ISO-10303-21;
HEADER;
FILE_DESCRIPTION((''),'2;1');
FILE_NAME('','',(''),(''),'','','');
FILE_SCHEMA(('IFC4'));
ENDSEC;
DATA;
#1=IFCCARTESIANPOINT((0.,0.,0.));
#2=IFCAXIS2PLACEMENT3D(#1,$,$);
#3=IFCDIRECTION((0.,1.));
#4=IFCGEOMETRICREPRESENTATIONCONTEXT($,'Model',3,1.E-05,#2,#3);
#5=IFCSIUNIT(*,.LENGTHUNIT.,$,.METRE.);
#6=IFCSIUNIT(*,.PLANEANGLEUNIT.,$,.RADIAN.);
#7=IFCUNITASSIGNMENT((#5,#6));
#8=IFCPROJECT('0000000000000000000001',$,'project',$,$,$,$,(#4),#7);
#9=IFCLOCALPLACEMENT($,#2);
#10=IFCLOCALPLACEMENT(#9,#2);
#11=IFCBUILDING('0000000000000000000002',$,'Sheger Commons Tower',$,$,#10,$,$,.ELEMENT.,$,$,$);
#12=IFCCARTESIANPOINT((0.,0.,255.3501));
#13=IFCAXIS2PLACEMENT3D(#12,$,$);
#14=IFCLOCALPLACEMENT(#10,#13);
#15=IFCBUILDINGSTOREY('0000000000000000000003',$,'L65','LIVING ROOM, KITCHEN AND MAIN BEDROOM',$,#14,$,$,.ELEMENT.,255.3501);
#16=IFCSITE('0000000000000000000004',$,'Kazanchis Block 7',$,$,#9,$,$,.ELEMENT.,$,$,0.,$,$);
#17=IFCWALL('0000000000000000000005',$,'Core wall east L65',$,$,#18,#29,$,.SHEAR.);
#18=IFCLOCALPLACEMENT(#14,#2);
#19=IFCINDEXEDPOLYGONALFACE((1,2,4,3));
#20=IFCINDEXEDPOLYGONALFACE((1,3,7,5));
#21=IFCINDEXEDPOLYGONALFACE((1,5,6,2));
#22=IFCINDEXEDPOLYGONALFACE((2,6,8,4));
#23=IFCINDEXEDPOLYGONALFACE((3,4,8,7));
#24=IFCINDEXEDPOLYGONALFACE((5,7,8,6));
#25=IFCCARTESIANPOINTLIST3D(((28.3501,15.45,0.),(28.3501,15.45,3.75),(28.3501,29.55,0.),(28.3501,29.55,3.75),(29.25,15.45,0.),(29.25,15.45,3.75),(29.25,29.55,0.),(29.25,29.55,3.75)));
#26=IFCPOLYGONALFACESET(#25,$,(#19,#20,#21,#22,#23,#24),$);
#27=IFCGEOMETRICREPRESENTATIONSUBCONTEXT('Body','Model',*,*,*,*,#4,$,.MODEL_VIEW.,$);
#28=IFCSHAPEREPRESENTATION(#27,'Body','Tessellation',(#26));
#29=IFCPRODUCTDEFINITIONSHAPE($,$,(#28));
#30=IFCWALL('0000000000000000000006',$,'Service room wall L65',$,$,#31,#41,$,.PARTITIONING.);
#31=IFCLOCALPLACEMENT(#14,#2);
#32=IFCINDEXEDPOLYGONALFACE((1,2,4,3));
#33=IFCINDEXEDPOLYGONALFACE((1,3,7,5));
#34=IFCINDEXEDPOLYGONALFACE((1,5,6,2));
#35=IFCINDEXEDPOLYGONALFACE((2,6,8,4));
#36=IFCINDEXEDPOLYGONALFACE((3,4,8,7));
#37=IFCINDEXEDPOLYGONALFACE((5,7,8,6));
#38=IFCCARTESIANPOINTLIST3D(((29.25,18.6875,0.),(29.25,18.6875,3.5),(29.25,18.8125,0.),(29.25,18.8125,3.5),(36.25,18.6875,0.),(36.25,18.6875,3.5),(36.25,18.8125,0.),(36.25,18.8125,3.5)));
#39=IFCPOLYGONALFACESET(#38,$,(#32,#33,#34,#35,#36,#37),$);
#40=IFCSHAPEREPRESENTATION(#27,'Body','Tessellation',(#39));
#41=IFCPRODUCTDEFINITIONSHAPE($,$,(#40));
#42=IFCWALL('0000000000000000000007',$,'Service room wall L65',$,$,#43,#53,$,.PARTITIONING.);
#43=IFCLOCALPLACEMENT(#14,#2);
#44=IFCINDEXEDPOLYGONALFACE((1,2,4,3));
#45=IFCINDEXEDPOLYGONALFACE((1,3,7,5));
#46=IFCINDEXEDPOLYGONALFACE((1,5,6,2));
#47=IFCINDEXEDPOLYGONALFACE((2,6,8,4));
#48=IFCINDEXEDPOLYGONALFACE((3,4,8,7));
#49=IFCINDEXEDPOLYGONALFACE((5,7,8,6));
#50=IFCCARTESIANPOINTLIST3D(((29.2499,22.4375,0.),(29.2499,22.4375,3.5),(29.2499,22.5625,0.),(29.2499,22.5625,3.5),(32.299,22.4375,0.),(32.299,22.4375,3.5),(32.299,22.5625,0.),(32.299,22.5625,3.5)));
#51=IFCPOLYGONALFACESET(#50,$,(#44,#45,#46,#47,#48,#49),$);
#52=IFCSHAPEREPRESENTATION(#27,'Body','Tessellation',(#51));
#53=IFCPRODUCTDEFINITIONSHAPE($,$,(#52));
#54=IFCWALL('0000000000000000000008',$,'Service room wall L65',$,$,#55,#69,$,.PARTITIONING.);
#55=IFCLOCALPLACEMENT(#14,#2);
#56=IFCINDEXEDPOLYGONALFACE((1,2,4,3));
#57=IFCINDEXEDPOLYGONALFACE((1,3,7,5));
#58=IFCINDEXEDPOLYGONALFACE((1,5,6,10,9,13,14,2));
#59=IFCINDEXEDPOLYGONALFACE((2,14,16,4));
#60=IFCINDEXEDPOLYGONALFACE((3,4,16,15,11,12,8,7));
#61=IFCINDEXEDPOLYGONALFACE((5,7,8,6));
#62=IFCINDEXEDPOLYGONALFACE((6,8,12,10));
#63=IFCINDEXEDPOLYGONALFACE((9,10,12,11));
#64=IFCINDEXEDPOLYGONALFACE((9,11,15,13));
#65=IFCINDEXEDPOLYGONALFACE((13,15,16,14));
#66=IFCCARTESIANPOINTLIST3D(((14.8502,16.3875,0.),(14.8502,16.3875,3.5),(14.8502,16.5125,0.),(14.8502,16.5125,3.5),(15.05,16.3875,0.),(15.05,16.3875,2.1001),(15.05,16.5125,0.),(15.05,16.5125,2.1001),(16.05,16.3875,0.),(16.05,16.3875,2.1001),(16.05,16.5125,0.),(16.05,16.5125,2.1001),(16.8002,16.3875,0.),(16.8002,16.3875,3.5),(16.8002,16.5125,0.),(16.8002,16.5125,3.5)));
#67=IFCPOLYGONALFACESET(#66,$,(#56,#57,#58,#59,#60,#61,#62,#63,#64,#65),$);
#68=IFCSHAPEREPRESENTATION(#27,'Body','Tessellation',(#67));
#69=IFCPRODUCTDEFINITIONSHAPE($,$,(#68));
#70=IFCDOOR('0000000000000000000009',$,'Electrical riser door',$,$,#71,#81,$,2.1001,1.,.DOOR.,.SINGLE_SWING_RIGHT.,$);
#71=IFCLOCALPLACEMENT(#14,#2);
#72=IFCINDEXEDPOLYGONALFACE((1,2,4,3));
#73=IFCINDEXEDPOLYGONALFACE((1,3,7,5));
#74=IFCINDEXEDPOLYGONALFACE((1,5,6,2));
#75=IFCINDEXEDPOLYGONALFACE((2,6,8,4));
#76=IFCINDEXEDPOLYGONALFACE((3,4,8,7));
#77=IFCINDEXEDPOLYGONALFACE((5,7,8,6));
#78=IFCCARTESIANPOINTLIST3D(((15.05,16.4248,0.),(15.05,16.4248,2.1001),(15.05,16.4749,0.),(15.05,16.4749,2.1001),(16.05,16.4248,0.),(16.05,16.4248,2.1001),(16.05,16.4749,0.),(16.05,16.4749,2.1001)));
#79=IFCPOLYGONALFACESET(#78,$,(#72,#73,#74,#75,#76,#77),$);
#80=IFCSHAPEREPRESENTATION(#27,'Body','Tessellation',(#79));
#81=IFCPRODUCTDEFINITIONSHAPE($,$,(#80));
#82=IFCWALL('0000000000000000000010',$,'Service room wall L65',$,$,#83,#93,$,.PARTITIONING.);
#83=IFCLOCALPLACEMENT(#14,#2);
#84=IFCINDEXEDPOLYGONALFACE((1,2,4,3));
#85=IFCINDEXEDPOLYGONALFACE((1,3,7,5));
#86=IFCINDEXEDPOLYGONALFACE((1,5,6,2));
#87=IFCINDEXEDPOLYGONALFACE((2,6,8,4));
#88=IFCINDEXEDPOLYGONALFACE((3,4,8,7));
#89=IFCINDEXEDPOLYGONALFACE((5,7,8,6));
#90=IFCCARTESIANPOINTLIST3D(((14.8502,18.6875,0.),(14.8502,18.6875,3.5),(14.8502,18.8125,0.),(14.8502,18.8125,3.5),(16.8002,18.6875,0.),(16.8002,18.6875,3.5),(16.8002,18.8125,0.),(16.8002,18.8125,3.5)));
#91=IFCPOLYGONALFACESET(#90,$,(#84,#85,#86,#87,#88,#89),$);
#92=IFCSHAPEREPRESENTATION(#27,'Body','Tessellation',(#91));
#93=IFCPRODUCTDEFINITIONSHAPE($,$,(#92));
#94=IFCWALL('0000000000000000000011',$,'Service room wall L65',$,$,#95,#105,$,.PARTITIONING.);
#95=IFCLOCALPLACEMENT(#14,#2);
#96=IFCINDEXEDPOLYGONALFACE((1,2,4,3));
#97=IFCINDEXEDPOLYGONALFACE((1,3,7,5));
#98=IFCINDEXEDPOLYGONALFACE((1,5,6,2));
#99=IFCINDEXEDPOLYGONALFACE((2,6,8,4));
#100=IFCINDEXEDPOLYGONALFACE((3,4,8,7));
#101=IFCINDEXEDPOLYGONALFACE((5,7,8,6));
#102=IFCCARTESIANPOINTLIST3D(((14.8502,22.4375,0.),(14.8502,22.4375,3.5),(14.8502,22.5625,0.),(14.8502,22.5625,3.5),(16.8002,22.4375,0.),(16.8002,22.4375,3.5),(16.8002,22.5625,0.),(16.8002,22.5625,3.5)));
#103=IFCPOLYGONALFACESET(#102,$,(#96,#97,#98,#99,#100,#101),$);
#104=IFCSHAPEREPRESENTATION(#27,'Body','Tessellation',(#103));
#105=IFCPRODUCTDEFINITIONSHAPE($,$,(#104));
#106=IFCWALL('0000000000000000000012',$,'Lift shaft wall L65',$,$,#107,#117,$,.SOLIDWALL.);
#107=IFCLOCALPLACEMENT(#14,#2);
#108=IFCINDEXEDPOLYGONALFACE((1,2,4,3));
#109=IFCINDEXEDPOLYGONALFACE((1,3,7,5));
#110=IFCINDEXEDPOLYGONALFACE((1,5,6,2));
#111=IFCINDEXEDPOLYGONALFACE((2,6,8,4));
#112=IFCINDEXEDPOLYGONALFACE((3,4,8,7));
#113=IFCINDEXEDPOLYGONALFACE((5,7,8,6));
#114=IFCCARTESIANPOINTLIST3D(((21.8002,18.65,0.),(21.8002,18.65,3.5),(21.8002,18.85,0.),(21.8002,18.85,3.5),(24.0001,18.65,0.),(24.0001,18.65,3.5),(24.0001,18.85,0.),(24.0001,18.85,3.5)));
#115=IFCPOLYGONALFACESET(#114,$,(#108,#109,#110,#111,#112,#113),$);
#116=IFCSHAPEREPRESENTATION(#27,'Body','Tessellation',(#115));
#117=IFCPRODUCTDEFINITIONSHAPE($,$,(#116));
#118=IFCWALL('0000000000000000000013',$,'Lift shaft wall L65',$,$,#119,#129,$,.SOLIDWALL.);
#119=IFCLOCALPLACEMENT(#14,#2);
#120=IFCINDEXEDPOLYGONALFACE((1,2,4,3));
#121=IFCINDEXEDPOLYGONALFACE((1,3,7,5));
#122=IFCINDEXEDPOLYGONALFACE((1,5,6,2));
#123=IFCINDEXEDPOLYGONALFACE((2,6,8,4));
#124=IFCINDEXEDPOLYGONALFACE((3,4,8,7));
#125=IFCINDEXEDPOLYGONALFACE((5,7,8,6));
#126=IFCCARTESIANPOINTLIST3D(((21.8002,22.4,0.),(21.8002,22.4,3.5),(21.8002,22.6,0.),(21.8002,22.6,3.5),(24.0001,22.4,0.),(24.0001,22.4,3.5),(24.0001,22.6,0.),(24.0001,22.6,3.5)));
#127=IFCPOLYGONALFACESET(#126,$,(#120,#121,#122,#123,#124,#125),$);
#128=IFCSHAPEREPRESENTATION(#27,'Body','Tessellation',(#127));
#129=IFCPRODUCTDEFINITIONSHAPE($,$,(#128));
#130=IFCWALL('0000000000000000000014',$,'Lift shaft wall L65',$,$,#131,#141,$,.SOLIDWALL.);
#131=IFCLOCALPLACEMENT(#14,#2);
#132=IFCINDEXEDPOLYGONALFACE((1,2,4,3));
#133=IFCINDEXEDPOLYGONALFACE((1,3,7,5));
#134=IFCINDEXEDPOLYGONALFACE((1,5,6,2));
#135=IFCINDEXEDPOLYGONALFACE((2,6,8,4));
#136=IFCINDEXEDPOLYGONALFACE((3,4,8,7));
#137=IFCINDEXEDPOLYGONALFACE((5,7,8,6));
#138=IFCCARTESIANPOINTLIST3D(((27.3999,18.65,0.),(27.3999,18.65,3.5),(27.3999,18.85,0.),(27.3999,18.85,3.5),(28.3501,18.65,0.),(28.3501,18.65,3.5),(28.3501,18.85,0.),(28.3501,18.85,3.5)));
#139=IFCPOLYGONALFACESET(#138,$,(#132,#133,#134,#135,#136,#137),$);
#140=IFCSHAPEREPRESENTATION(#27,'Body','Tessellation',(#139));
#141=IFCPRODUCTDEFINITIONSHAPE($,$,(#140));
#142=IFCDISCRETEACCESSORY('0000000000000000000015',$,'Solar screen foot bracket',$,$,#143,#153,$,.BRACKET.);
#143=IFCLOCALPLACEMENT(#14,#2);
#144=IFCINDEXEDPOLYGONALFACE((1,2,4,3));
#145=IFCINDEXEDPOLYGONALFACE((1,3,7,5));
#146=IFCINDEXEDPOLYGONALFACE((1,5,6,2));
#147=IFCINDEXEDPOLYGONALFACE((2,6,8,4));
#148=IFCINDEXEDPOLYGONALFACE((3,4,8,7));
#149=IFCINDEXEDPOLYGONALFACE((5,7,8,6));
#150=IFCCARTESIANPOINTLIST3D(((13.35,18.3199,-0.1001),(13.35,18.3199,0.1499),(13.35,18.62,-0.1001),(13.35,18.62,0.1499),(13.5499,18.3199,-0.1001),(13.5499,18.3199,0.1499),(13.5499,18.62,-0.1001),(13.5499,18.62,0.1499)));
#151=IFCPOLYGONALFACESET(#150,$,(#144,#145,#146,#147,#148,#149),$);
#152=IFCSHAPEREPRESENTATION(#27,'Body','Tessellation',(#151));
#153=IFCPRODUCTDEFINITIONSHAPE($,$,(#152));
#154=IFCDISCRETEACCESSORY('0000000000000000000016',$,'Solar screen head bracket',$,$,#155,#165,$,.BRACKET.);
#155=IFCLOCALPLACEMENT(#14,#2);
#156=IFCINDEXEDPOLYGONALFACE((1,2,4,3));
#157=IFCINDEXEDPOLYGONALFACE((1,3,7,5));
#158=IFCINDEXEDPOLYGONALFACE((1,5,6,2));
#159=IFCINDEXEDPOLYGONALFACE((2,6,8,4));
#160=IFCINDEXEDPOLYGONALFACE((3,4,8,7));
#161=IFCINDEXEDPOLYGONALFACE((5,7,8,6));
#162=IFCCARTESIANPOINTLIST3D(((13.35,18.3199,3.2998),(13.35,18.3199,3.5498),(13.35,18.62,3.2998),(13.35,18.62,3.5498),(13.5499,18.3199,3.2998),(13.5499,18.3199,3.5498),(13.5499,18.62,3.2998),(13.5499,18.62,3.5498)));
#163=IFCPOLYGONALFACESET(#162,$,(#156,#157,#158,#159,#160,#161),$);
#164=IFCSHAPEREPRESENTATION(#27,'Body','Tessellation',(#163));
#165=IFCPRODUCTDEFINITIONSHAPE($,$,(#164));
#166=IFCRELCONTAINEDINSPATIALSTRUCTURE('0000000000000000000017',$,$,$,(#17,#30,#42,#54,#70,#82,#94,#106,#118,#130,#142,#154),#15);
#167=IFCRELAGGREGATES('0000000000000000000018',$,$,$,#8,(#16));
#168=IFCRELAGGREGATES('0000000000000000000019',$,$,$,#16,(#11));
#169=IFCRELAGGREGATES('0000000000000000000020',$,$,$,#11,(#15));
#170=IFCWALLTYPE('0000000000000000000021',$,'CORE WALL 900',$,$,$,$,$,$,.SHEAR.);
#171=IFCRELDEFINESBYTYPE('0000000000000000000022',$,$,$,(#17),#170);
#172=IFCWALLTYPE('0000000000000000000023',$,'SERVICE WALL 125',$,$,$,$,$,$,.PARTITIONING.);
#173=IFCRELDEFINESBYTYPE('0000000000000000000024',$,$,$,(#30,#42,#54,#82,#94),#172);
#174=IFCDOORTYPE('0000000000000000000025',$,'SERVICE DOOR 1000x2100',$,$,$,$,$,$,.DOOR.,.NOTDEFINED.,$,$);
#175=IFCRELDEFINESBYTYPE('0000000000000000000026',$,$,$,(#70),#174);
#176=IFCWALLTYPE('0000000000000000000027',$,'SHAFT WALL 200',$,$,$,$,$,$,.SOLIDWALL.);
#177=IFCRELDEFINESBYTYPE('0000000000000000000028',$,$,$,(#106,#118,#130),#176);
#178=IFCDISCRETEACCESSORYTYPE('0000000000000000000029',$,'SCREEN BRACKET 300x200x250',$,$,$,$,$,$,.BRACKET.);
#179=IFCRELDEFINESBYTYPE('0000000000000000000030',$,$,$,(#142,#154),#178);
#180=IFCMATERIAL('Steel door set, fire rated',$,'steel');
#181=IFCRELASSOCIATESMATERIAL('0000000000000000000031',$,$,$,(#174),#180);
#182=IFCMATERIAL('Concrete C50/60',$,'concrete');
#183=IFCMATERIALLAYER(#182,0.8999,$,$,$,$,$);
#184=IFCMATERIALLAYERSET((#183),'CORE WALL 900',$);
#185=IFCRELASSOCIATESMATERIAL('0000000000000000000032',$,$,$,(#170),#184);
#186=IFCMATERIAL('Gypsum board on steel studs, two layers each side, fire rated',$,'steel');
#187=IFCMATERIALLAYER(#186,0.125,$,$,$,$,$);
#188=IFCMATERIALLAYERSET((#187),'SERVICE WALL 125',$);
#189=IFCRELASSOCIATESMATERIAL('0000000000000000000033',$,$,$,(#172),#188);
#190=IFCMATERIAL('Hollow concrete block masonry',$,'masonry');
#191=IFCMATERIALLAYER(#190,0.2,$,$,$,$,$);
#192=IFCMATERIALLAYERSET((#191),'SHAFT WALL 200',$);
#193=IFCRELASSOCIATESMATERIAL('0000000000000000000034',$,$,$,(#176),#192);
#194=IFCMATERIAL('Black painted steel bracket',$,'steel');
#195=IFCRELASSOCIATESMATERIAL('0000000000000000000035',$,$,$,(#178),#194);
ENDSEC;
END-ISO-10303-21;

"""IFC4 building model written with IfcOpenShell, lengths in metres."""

from ifc_helpers import new_model, si_unit, direction, frame, frame_2d, origin, origin_2d, place, context, subcontext, project, spatial, rectangle, extrude, material, layer, layer_set, type_object, element, fill, save


model = new_model("IFC4")

# Units and contexts
model_context = context("Model", 3, precision=1e-05, world=origin(), true_north=direction((0.0, 1.0)))
body_context = subcontext(model_context, "Body", "Model", "MODEL_VIEW")
ifc_project = project(units=[si_unit("LENGTHUNIT", "METRE"), si_unit("PLANEANGLEUNIT", "RADIAN")], contexts=[model_context])

# Site, building, storey
site_placement = place(None, origin())
site = spatial("IfcSite", under=ifc_project, at=site_placement, Name="Kazanchis Block 7", CompositionType="ELEMENT", RefElevation=0.0)
building_placement = place(site_placement, origin())
building = spatial("IfcBuilding", under=site, at=building_placement, Name="Sheger Commons Tower", CompositionType="ELEMENT")
storey_placement = place(building_placement, frame((0.0, 0.0, 255.3501)))
storey = spatial("IfcBuildingStorey", under=building, at=storey_placement, Name="L65", Description="LIVING ROOM, KITCHEN AND MAIN BEDROOM", CompositionType="ELEMENT", Elevation=255.3501)

# Shared definitions
ifc_material_1 = material(Name="Steel door set, fire rated", Category="steel")
door_type_1 = type_object("IfcDoorType", Name="SERVICE DOOR 1000x2100", OperationType="NOTDEFINED", PredefinedType="DOOR", material=ifc_material_1)

# Walls
ifc_material_2 = material(Name="Concrete C50/60", Category="concrete")
ifc_layer_1 = layer(ifc_material_2, 0.8999)
ifc_layer_set_1 = layer_set([ifc_layer_1], Name="CORE WALL 900")
wall_type_1 = type_object("IfcWallType", Name="CORE WALL 900", PredefinedType="SHEAR", material=ifc_layer_set_1)
for number, where, z_axis, x_axis, name in (
    (1, (28.8, 15.45, 0.0), (0.0, 0.0, 1.0), (0.0, 1.0, 0.0), "Core wall east L65"),
):
    element("IfcWall", number, at=place(storey_placement, frame(where, z_axis=z_axis, x_axis=x_axis)), inside=storey, type_object=wall_type_1, Name=name, PredefinedType="SHEAR", context=body_context, shape_type="SweptSolid", body=[
        extrude(rectangle(XDim=14.1001, YDim=0.8999, at=frame_2d((7.05, 0.0))), origin(), (0.0, 0.0, 1.0), 3.75),
    ])
ifc_material_3 = material(Name="Gypsum board on steel studs, two layers each side, fire rated", Category="steel")
ifc_layer_2 = layer(ifc_material_3, 0.125)
ifc_layer_set_2 = layer_set([ifc_layer_2], Name="SERVICE WALL 125")
wall_type_2 = type_object("IfcWallType", Name="SERVICE WALL 125", PredefinedType="PARTITIONING", material=ifc_layer_set_2)
wall_1_placement = place(storey_placement, frame((29.25, 18.75, 0.0), z_axis=(0.0, 0.0, 1.0), x_axis=(1.0, 0.0, 0.0)))
element("IfcWall", 2, at=wall_1_placement, inside=storey, type_object=wall_type_2, Name="Service room wall L65", PredefinedType="PARTITIONING", context=body_context, shape_type="SweptSolid", body=[
    extrude(rectangle(XDim=7.0, YDim=0.125, at=frame_2d((3.5, 0.0))), origin(), (0.0, 0.0, 1.0), 3.5),
])
wall_2_placement = place(storey_placement, frame((29.25, 22.5, 0.0), z_axis=(0.0, 0.0, 1.0), x_axis=(1.0, 0.0, 0.0)))
element("IfcWall", 3, at=wall_2_placement, inside=storey, type_object=wall_type_2, Name="Service room wall L65", PredefinedType="PARTITIONING", context=body_context, shape_type="SweptSolid", body=[
    extrude(rectangle(XDim=3.0491, YDim=0.125, at=frame_2d((1.5244, 0.0))), origin(), (0.0, 0.0, 1.0), 3.5),
])

# Wall, opening, door
wall_3_placement = place(storey_placement, frame((14.8501, 16.45, 0.0), z_axis=(0.0, 0.0, 1.0), x_axis=(1.0, 0.0, 0.0)))
wall_3 = element("IfcWall", 4, at=wall_3_placement, inside=storey, type_object=wall_type_2, Name="Service room wall L65", PredefinedType="PARTITIONING", context=body_context, shape_type="SweptSolid", body=[
    extrude(rectangle(XDim=1.95, YDim=0.125, at=frame_2d((0.9751, 0.0))), origin(), (0.0, 0.0, 1.0), 3.5),
])
opening_1_placement = place(wall_3_placement, frame((0.2, 0.0, 0.0)))
opening_1 = element("IfcOpeningElement", 5, at=opening_1_placement, cuts=wall_3, PredefinedType="OPENING", context=body_context, shape_type="SweptSolid", body=[
    extrude(rectangle(XDim=1.0, YDim=2.1001, at=frame_2d((0.5, 1.05))), frame((0.0, 0.0725, 0.0), z_axis=(0.0, -1.0, 0.0), x_axis=(1.0, 0.0, 0.0)), (0.0, 0.0, 1.0), 0.145),
])
door_1_placement = place(opening_1_placement, origin())
door_1 = element("IfcDoor", 6, at=door_1_placement, inside=storey, type_object=door_type_1, Name="Electrical riser door", OperationType="SINGLE_SWING_RIGHT", OverallHeight=2.1001, OverallWidth=1.0, PredefinedType="DOOR", context=body_context, shape_type="SweptSolid", body=[
    extrude(rectangle(XDim=1.0, YDim=2.1001, at=frame_2d((0.5, 1.05))), frame((0.0, 0.0249, 0.0), z_axis=(0.0, -1.0, 0.0), x_axis=(1.0, 0.0, 0.0)), (0.0, 0.0, 1.0), 0.05),
])
fill(opening_1, door_1)

# Walls
for number, where, z_axis, x_axis, name in (
    (7, (14.8501, 18.75, 0.0), (0.0, 0.0, 1.0), (1.0, 0.0, 0.0), "Service room wall L65"),
    (8, (14.8501, 22.5, 0.0), (0.0, 0.0, 1.0), (1.0, 0.0, 0.0), "Service room wall L65"),
):
    element("IfcWall", number, at=place(storey_placement, frame(where, z_axis=z_axis, x_axis=x_axis)), inside=storey, type_object=wall_type_2, Name=name, PredefinedType="PARTITIONING", context=body_context, shape_type="SweptSolid", body=[
        extrude(rectangle(XDim=1.95, YDim=0.125, at=frame_2d((0.9751, 0.0))), origin(), (0.0, 0.0, 1.0), 3.5),
    ])
ifc_material_4 = material(Name="Hollow concrete block masonry", Category="masonry")
ifc_layer_3 = layer(ifc_material_4, 0.2)
ifc_layer_set_3 = layer_set([ifc_layer_3], Name="SHAFT WALL 200")
wall_type_3 = type_object("IfcWallType", Name="SHAFT WALL 200", PredefinedType="SOLIDWALL", material=ifc_layer_set_3)
for number, where, z_axis, x_axis, name in (
    (9, (21.8, 18.75, 0.0), (0.0, 0.0, 1.0), (1.0, 0.0, 0.0), "Lift shaft wall L65"),
    (10, (21.8, 22.5, 0.0), (0.0, 0.0, 1.0), (1.0, 0.0, 0.0), "Lift shaft wall L65"),
):
    element("IfcWall", number, at=place(storey_placement, frame(where, z_axis=z_axis, x_axis=x_axis)), inside=storey, type_object=wall_type_3, Name=name, PredefinedType="SOLIDWALL", context=body_context, shape_type="SweptSolid", body=[
        extrude(rectangle(XDim=2.2, YDim=0.2, at=frame_2d((1.1001, 0.0))), origin(), (0.0, 0.0, 1.0), 3.5),
    ])
wall_4_placement = place(storey_placement, frame((27.3999, 18.75, 0.0), z_axis=(0.0, 0.0, 1.0), x_axis=(1.0, 0.0, 0.0)))
element("IfcWall", 11, at=wall_4_placement, inside=storey, type_object=wall_type_3, Name="Lift shaft wall L65", PredefinedType="SOLIDWALL", context=body_context, shape_type="SweptSolid", body=[
    extrude(rectangle(XDim=0.9502, YDim=0.2, at=frame_2d((0.4751, 0.0))), origin(), (0.0, 0.0, 1.0), 3.5),
])

# Discrete accessories
ifc_material_5 = material(Name="Black painted steel bracket", Category="steel")
discrete_accessory_type = type_object("IfcDiscreteAccessoryType", Name="SCREEN BRACKET 300x200x250", PredefinedType="BRACKET", material=ifc_material_5)
for number, where, z_axis, x_axis, name in (
    (12, (13.45, 18.47, -0.1001), (0.0, 0.0, 1.0), (0.0, -1.0, 0.0), "Solar screen foot bracket"),
    (13, (13.45, 18.47, 3.2998), (0.0, 0.0, 1.0), (0.0, -1.0, 0.0), "Solar screen head bracket"),
):
    element("IfcDiscreteAccessory", number, at=place(storey_placement, frame(where, z_axis=z_axis, x_axis=x_axis)), inside=storey, type_object=discrete_accessory_type, Name=name, PredefinedType="BRACKET", context=body_context, shape_type="SweptSolid", body=[
        extrude(rectangle(XDim=0.3, YDim=0.2, at=origin_2d()), origin(), (0.0, 0.0, 1.0), 0.25),
    ])

save(model, "model.ifc")
